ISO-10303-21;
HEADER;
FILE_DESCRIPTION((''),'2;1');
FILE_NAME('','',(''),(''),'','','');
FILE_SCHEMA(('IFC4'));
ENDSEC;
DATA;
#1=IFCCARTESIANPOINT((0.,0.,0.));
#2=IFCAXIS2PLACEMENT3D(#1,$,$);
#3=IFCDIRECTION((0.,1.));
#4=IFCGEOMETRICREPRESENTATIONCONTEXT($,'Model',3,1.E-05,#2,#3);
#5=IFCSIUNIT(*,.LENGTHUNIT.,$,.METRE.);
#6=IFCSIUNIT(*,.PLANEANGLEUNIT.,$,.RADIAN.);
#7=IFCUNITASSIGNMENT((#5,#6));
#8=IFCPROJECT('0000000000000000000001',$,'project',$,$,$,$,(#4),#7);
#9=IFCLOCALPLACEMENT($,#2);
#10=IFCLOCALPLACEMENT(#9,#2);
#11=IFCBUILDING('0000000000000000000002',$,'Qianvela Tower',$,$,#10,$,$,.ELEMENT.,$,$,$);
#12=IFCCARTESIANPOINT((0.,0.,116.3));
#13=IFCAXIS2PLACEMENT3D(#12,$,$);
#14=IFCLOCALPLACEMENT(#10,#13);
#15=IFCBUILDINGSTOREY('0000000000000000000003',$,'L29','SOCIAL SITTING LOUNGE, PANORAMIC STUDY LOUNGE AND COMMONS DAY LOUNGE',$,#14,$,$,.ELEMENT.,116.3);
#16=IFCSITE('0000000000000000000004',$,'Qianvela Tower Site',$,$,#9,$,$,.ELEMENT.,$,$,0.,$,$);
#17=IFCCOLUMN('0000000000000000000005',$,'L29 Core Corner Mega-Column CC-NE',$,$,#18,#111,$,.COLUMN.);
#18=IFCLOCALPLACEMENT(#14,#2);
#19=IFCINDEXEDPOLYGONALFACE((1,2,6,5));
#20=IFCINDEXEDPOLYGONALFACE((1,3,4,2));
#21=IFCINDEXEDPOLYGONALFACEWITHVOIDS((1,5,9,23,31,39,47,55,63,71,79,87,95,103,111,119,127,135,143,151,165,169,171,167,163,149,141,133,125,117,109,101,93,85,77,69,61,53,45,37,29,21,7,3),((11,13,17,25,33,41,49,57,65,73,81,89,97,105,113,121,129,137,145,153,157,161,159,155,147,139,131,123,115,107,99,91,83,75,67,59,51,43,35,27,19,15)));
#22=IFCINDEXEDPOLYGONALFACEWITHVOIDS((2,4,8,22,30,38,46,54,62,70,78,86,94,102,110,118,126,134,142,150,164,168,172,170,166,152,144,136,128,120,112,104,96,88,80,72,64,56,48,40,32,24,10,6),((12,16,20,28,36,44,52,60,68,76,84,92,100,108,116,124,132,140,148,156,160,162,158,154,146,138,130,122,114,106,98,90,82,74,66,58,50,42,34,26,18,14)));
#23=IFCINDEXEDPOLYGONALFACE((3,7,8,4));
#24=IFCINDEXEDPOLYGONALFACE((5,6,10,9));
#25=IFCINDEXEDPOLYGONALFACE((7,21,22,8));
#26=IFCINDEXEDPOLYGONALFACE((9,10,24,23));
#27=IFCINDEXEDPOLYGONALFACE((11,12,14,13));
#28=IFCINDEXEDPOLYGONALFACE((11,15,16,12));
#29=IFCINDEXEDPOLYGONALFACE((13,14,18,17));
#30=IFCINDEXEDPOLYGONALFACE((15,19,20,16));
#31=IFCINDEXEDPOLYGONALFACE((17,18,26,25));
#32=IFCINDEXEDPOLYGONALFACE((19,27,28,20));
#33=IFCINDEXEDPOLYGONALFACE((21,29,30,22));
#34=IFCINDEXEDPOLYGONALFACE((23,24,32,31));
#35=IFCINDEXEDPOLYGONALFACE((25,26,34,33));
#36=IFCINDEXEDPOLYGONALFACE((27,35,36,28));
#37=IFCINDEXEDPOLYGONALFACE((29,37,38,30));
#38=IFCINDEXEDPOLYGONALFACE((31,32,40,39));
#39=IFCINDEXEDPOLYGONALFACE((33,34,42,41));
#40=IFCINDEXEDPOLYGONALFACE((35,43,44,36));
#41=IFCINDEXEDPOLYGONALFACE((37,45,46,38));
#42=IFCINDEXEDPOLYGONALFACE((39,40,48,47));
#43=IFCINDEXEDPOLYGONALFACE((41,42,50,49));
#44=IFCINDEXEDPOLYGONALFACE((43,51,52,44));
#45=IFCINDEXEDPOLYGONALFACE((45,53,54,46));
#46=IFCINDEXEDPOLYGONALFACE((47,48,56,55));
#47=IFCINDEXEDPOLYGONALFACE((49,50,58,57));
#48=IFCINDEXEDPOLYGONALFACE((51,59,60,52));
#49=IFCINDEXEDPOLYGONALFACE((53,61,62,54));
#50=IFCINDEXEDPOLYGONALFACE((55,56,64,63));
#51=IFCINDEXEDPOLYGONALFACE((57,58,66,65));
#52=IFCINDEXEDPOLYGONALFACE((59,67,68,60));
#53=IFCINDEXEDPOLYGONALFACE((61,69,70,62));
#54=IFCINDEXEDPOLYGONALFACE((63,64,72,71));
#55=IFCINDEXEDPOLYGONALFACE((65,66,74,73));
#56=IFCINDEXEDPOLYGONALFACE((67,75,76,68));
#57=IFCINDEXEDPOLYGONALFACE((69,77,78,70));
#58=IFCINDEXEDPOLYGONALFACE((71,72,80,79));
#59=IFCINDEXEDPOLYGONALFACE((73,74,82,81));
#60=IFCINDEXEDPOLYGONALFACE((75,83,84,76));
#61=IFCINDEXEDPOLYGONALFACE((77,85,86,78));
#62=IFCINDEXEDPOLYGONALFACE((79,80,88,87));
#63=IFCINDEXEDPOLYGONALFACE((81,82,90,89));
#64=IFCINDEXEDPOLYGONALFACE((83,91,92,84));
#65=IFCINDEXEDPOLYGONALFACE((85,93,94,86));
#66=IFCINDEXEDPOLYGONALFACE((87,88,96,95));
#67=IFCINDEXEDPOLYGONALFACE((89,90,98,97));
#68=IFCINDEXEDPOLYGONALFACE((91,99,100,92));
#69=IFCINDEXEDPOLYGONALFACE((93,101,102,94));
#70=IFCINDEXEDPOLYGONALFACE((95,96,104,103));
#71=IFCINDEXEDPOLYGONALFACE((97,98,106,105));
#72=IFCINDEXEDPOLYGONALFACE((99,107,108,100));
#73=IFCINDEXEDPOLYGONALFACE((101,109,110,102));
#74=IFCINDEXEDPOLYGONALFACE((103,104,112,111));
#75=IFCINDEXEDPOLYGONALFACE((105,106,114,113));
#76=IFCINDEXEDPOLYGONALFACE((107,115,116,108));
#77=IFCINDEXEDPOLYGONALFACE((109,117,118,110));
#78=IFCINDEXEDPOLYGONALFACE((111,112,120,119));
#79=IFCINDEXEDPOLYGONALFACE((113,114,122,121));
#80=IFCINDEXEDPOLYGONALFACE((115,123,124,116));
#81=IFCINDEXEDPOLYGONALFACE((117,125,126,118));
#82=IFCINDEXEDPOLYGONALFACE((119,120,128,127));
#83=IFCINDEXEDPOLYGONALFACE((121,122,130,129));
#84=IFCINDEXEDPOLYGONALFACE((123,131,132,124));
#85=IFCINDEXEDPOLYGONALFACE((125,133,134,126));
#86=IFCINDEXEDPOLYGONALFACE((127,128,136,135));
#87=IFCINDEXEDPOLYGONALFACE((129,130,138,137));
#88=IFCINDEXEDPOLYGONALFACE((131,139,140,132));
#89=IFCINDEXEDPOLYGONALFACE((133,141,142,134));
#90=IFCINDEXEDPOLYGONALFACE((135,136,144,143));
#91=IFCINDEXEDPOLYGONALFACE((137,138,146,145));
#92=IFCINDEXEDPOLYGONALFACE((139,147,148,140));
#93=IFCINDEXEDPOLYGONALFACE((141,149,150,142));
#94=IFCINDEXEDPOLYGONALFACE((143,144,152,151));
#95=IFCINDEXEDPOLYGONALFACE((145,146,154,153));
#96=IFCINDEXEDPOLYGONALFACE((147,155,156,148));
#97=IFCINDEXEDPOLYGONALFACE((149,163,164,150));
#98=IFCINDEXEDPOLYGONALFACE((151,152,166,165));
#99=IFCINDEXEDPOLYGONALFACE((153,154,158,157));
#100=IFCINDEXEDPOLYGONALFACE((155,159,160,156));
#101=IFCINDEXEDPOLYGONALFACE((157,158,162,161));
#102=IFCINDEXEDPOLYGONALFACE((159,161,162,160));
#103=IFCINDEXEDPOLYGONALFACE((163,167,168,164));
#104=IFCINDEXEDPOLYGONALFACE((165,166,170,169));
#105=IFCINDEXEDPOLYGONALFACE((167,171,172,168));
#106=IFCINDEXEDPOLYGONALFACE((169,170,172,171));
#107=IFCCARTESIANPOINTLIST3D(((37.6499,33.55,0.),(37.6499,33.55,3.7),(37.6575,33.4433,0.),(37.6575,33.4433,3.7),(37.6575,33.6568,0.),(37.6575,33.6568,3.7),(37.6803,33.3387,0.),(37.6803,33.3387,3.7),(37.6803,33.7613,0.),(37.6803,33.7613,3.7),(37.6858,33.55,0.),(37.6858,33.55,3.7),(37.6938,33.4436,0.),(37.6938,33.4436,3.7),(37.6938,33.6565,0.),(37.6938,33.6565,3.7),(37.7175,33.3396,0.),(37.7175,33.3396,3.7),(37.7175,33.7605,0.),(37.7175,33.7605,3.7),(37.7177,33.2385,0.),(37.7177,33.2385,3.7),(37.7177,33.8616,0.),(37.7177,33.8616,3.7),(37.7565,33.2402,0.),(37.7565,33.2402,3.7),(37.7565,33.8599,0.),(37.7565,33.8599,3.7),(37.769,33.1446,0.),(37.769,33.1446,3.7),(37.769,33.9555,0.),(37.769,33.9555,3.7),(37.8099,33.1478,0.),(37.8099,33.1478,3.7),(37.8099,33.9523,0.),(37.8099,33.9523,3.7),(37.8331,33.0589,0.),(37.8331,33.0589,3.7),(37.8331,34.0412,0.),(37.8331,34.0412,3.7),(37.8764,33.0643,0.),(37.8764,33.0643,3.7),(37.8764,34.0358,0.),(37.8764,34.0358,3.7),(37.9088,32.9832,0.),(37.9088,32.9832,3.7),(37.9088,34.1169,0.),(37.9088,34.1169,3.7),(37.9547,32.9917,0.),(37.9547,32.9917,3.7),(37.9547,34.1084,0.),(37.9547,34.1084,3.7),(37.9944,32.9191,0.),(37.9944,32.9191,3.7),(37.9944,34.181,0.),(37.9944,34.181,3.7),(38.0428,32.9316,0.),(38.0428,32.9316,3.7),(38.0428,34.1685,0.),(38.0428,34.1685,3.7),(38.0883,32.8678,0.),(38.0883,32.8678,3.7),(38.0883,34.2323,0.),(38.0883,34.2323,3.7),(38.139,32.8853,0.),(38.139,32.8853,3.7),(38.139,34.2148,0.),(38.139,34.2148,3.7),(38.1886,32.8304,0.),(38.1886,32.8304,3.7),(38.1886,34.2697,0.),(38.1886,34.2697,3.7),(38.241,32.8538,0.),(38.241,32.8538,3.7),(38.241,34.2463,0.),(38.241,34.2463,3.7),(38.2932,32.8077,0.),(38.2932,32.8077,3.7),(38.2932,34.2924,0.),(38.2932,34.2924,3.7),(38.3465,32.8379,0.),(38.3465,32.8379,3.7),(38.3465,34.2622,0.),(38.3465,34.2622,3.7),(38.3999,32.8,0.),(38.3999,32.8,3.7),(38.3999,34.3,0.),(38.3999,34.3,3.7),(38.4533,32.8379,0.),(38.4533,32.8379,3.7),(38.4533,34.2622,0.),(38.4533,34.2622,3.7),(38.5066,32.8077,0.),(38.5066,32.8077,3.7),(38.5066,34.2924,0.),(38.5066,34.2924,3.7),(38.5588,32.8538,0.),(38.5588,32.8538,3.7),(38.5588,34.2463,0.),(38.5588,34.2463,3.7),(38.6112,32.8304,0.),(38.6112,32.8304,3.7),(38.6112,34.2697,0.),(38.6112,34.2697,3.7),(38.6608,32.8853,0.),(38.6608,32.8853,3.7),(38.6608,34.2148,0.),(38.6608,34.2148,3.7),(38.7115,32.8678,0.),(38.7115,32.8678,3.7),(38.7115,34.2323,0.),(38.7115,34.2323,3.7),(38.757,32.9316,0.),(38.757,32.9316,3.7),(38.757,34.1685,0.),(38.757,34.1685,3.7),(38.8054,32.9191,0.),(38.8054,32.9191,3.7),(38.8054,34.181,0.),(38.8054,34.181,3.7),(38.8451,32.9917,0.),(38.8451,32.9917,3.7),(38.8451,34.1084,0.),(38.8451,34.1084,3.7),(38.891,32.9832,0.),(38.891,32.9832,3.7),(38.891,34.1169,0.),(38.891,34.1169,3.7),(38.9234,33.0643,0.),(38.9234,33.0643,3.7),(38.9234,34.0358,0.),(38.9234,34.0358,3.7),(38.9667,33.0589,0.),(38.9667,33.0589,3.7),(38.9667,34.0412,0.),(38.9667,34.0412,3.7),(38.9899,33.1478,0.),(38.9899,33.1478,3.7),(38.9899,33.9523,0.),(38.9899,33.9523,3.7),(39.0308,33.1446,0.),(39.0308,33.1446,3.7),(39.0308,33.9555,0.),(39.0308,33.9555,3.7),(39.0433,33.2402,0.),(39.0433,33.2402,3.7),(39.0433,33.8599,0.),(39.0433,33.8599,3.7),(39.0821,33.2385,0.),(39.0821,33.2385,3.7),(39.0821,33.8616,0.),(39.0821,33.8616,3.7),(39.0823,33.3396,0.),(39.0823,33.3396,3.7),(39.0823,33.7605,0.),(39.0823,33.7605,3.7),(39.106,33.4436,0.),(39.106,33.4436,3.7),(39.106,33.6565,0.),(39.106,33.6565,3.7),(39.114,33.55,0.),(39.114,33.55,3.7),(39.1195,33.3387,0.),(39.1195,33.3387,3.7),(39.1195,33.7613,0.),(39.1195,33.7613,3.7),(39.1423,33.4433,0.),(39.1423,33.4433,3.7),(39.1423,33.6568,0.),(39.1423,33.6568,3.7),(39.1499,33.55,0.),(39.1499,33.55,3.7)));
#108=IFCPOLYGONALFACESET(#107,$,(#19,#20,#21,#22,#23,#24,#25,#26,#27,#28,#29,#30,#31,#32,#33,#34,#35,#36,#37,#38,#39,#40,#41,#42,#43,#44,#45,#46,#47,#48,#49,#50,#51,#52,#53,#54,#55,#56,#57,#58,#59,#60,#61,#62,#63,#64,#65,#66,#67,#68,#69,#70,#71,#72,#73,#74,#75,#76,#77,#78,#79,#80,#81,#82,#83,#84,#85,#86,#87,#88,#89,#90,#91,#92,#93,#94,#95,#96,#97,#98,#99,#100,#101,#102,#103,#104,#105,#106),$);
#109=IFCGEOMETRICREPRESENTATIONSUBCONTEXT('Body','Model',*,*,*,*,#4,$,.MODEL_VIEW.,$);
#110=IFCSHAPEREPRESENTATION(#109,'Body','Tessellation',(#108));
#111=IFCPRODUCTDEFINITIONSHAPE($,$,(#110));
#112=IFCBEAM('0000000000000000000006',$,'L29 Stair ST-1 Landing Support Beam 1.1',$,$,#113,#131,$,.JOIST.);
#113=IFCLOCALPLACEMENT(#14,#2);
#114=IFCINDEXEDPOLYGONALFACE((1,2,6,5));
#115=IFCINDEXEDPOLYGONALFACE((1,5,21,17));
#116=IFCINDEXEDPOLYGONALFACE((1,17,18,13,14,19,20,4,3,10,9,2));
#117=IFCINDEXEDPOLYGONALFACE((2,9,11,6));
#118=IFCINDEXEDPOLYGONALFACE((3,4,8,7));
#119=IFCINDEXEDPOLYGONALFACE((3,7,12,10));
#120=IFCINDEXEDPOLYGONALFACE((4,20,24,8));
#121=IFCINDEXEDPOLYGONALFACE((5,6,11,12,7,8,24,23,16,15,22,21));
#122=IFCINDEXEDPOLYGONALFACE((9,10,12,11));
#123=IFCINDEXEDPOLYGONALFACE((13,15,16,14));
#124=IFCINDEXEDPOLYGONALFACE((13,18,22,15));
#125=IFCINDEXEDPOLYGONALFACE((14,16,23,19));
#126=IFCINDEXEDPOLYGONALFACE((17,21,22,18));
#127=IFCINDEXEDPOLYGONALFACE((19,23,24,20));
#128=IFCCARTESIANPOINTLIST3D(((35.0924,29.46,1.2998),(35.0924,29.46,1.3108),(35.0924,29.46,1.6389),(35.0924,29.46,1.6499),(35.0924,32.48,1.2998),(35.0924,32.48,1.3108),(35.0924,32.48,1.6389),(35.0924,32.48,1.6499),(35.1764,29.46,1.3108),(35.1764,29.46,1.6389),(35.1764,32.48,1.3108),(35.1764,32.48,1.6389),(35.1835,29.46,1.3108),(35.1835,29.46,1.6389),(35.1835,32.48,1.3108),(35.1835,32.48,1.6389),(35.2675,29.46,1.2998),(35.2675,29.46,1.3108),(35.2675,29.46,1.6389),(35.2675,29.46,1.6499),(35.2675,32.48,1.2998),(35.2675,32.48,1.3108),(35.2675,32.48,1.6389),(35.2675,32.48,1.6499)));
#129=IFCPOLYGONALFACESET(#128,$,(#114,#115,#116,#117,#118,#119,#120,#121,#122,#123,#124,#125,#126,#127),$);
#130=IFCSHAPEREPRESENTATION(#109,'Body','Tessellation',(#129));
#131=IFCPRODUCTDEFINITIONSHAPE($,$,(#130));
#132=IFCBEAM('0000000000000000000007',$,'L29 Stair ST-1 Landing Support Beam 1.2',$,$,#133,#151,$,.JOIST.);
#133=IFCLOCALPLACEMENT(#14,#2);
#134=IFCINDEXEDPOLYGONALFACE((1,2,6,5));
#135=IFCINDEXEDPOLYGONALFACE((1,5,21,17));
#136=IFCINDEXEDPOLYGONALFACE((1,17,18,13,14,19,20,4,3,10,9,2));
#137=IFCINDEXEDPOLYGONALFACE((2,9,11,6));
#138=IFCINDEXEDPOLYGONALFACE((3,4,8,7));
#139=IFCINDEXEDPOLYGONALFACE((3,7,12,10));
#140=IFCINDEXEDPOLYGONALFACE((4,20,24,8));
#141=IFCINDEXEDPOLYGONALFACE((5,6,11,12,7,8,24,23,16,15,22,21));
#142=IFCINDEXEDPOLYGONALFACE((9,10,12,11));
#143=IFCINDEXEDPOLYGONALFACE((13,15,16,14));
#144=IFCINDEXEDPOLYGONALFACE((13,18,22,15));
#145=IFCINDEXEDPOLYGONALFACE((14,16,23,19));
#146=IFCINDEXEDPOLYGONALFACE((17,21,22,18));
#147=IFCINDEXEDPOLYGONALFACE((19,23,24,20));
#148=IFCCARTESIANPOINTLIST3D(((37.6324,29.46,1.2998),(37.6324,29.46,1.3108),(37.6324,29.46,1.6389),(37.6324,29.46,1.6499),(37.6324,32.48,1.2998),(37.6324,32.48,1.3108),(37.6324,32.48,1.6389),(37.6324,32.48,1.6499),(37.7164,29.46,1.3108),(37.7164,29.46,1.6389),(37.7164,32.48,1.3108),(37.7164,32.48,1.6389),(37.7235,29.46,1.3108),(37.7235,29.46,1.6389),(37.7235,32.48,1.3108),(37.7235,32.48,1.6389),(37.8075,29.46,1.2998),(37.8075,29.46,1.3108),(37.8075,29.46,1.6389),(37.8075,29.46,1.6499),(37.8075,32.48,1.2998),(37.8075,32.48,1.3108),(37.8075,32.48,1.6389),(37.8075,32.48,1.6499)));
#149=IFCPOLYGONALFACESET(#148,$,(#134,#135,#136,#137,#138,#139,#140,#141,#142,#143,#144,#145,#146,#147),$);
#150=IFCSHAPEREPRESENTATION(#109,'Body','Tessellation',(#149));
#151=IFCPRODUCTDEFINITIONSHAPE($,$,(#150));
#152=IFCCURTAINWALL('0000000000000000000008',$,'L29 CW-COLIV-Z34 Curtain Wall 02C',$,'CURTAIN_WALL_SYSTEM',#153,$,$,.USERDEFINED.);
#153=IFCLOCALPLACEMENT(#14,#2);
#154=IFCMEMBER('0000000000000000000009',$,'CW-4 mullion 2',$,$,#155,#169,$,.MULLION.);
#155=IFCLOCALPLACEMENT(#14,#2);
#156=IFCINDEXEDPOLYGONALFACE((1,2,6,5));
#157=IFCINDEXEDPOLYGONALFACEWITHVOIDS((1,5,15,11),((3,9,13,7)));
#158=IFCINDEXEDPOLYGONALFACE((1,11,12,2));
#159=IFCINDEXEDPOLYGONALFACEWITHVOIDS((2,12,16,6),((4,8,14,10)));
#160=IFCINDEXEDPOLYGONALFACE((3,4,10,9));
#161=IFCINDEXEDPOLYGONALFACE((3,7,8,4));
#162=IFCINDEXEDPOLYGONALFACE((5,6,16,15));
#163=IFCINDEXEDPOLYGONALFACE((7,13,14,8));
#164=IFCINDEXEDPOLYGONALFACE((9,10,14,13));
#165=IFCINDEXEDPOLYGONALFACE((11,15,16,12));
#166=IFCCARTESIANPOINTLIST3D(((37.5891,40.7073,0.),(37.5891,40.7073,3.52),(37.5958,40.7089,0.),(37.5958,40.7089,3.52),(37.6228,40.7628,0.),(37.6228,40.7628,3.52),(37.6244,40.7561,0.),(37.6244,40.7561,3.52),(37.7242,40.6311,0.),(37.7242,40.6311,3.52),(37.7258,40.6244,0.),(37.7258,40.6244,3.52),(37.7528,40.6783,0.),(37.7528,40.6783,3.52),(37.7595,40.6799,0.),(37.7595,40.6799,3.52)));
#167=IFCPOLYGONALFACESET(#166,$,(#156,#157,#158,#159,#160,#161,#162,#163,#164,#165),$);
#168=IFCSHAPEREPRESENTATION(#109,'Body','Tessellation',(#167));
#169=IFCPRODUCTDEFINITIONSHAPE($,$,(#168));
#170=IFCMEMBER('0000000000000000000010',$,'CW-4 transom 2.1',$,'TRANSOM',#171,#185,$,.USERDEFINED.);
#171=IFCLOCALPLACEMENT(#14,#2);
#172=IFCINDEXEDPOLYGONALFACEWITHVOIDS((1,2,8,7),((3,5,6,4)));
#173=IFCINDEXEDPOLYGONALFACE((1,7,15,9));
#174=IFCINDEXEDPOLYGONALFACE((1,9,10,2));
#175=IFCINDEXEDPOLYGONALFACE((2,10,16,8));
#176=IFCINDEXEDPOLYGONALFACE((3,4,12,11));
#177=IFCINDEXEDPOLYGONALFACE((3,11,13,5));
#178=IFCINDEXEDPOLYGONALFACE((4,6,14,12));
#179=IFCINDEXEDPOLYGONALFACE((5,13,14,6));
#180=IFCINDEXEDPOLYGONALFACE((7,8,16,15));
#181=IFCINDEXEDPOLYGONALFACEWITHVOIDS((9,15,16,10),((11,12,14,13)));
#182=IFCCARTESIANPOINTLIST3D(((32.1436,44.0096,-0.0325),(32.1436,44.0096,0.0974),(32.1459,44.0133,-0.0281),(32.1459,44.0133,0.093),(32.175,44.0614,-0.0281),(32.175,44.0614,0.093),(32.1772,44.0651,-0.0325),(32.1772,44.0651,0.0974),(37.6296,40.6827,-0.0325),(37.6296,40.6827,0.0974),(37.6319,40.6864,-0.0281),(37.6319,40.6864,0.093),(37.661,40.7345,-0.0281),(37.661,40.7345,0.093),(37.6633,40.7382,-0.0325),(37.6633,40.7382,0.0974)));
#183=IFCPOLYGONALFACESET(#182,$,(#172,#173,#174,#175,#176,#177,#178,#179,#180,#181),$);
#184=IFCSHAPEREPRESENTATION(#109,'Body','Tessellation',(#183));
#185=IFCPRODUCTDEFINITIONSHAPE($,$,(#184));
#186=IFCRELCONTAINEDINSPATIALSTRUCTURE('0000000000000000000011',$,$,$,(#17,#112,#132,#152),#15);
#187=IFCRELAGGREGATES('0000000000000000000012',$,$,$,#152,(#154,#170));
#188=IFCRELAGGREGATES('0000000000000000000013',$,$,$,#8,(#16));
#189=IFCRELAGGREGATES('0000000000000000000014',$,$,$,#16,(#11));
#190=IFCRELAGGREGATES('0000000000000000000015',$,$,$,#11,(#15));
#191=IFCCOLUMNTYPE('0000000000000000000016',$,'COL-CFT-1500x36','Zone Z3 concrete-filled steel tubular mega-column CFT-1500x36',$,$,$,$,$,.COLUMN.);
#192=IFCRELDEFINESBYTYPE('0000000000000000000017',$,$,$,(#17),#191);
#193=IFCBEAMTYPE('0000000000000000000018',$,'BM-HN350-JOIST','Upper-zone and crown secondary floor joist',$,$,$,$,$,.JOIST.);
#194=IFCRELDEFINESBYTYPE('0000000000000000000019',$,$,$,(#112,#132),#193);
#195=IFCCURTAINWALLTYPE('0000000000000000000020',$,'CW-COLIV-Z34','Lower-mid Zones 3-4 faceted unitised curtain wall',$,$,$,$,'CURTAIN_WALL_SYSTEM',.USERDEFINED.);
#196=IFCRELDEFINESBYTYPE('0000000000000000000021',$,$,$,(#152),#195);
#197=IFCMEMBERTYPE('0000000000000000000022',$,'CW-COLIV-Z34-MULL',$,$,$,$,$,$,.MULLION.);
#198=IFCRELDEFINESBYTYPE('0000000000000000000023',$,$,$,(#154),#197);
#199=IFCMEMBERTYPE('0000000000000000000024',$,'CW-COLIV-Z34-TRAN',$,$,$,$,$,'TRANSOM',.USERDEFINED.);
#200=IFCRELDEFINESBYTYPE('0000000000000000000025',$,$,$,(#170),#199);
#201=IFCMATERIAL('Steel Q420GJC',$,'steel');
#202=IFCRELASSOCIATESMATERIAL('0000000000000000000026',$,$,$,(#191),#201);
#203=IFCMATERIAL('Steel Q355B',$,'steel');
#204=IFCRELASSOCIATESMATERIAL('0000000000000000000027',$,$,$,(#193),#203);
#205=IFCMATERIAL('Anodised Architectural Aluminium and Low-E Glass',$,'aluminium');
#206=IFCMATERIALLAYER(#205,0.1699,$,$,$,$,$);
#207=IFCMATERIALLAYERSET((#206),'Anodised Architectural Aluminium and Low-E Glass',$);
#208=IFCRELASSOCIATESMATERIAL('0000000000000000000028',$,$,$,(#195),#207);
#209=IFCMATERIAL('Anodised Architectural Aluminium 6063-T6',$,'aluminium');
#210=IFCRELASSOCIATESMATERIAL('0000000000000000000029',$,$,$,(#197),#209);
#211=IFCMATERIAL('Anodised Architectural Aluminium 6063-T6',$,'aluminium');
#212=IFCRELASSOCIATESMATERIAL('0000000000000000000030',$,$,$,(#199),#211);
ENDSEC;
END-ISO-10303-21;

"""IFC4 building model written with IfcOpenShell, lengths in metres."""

from ifc_helpers import new_model, si_unit, direction, frame, origin, origin_2d, place, context, subcontext, project, spatial, hollow_rectangle, hollow_circle, i_section, extrude, material, layer, layer_set, material_profile, profile_set, type_object, element, aggregate, save


model = new_model("IFC4")

# Units and contexts
model_context = context("Model", 3, precision=1e-05, world=origin(), true_north=direction((0.0, 1.0)))
body_context = subcontext(model_context, "Body", "Model", "MODEL_VIEW")
ifc_project = project(units=[si_unit("LENGTHUNIT", "METRE"), si_unit("PLANEANGLEUNIT", "RADIAN")], contexts=[model_context])

# Site, building, storey
site_placement = place(None, origin())
site = spatial("IfcSite", under=ifc_project, at=site_placement, Name="Qianvela Tower Site", CompositionType="ELEMENT", RefElevation=0.0)
building_placement = place(site_placement, origin())
building = spatial("IfcBuilding", under=site, at=building_placement, Name="Qianvela Tower", CompositionType="ELEMENT")
storey_placement = place(building_placement, frame((0.0, 0.0, 116.3)))
storey = spatial("IfcBuildingStorey", under=building, at=storey_placement, Name="L29", Description="SOCIAL SITTING LOUNGE, PANORAMIC STUDY LOUNGE AND COMMONS DAY LOUNGE", CompositionType="ELEMENT", Elevation=116.3)

# Column
ifc_material_1 = material(Name="Steel Q420GJC", Category="steel")
ifc_material_profile_1 = material_profile(ifc_material_1, hollow_circle(Radius=0.75, WallThickness=0.0359, at=origin_2d()), Name="CFT-1500x36")
ifc_profile_set_1 = profile_set([ifc_material_profile_1], Name="Steel Q420GJC")
column_type = type_object("IfcColumnType", Name="COL-CFT-1500x36", Description="Zone Z3 concrete-filled steel tubular mega-column CFT-1500x36", PredefinedType="COLUMN", material=ifc_profile_set_1)
column_placement = place(storey_placement, frame((38.3999, 33.55, 0.0), z_axis=(0.0, 0.0, 1.0), x_axis=(1.0, 0.0, 0.0)))
element("IfcColumn", 1, at=column_placement, inside=storey, type_object=column_type, Name="L29 Core Corner Mega-Column CC-NE", PredefinedType="COLUMN", context=body_context, shape_type="SweptSolid", body=[
    extrude(hollow_circle(Radius=0.75, WallThickness=0.0359, at=origin_2d()), origin(), (0.0, 0.0, 1.0), 3.7),
])

# Beams
ifc_material_2 = material(Name="Steel Q355B", Category="steel")
ifc_material_profile_2 = material_profile(ifc_material_2, i_section(OverallWidth=0.175, OverallDepth=0.3501, WebThickness=0.0071, FlangeThickness=0.011, at=origin_2d()), Name="HN350x175x7x11")
ifc_profile_set_2 = profile_set([ifc_material_profile_2], Name="Steel Q355B")
beam_type = type_object("IfcBeamType", Name="BM-HN350-JOIST", Description="Upper-zone and crown secondary floor joist", PredefinedType="JOIST", material=ifc_profile_set_2)
for number, where, z_axis, x_axis, name in (
    (2, (35.1799, 29.46, 1.4749), (0.0, 1.0, 0.0), (-1.0, 0.0, 0.0), "L29 Stair ST-1 Landing Support Beam 1.1"),
    (3, (37.72, 29.46, 1.4749), (0.0, 1.0, 0.0), (-1.0, 0.0, 0.0), "L29 Stair ST-1 Landing Support Beam 1.2"),
):
    element("IfcBeam", number, at=place(storey_placement, frame(where, z_axis=z_axis, x_axis=x_axis)), inside=storey, type_object=beam_type, Name=name, PredefinedType="JOIST", context=body_context, shape_type="SweptSolid", body=[
        extrude(i_section(OverallWidth=0.175, OverallDepth=0.3501, WebThickness=0.0071, FlangeThickness=0.011, at=origin_2d()), origin(), (0.0, 0.0, 1.0), 3.02),
    ])

# Curtain wall, members
ifc_material_3 = material(Name="Anodised Architectural Aluminium and Low-E Glass", Category="aluminium")
ifc_layer_1 = layer(ifc_material_3, 0.1699)
ifc_layer_set_1 = layer_set([ifc_layer_1], Name="Anodised Architectural Aluminium and Low-E Glass")
curtain_wall_type = type_object("IfcCurtainWallType", Name="CW-COLIV-Z34", Description="Lower-mid Zones 3-4 faceted unitised curtain wall", ElementType="CURTAIN_WALL_SYSTEM", PredefinedType="USERDEFINED", material=ifc_layer_set_1)
curtain_wall_placement = place(storey_placement, origin())
curtain_wall = element("IfcCurtainWall", 4, at=curtain_wall_placement, inside=storey, type_object=curtain_wall_type, Name="L29 CW-COLIV-Z34 Curtain Wall 02C", ObjectType="CURTAIN_WALL_SYSTEM", PredefinedType="USERDEFINED")
ifc_material_4 = material(Name="Anodised Architectural Aluminium 6063-T6", Category="aluminium")
ifc_material_profile_3 = material_profile(ifc_material_4, hollow_rectangle(XDim=0.0649, YDim=0.1599, WallThickness=0.0049, at=origin_2d()), Name="ALU-MULL-65x160")
ifc_profile_set_3 = profile_set([ifc_material_profile_3], Name="Anodised Architectural Aluminium 6063-T6")
member_type_1 = type_object("IfcMemberType", Name="CW-COLIV-Z34-MULL", PredefinedType="MULLION", material=ifc_profile_set_3)
member_1_placement = place(storey_placement, frame((37.6743, 40.6936, 0.0), z_axis=(0.0, 0.0, 1.0), x_axis=(-0.518521, -0.855065, 0.0)))
member_1 = element("IfcMember", 5, at=member_1_placement, type_object=member_type_1, Name="CW-4 mullion 2", PredefinedType="MULLION", context=body_context, shape_type="SweptSolid", body=[
    extrude(hollow_rectangle(XDim=0.0649, YDim=0.1599, WallThickness=0.0049, at=origin_2d()), origin(), (0.0, 0.0, 1.0), 3.52),
])
ifc_material_5 = material(Name="Anodised Architectural Aluminium 6063-T6", Category="aluminium")
ifc_material_profile_4 = material_profile(ifc_material_5, hollow_rectangle(XDim=0.0649, YDim=0.1299, WallThickness=0.0044, at=origin_2d()), Name="ALU-TRAN-65x130")
ifc_profile_set_4 = profile_set([ifc_material_profile_4], Name="Anodised Architectural Aluminium 6063-T6")
member_type_2 = type_object("IfcMemberType", Name="CW-COLIV-Z34-TRAN", ElementType="TRANSOM", PredefinedType="USERDEFINED", material=ifc_profile_set_4)
member_2_placement = place(storey_placement, frame((37.6465, 40.7104, 0.0325), z_axis=(-0.855059, 0.51853, 0.0), x_axis=(-0.51853, -0.855059, 0.0)))
member_2 = element("IfcMember", 6, at=member_2_placement, type_object=member_type_2, Name="CW-4 transom 2.1", ObjectType="TRANSOM", PredefinedType="USERDEFINED", context=body_context, shape_type="SweptSolid", body=[
    extrude(hollow_rectangle(XDim=0.0649, YDim=0.1299, WallThickness=0.0044, at=origin_2d()), origin(), (0.0, 0.0, 1.0), 6.416),
])
aggregate(curtain_wall, [member_1, member_2])

save(model, "model.ifc")
